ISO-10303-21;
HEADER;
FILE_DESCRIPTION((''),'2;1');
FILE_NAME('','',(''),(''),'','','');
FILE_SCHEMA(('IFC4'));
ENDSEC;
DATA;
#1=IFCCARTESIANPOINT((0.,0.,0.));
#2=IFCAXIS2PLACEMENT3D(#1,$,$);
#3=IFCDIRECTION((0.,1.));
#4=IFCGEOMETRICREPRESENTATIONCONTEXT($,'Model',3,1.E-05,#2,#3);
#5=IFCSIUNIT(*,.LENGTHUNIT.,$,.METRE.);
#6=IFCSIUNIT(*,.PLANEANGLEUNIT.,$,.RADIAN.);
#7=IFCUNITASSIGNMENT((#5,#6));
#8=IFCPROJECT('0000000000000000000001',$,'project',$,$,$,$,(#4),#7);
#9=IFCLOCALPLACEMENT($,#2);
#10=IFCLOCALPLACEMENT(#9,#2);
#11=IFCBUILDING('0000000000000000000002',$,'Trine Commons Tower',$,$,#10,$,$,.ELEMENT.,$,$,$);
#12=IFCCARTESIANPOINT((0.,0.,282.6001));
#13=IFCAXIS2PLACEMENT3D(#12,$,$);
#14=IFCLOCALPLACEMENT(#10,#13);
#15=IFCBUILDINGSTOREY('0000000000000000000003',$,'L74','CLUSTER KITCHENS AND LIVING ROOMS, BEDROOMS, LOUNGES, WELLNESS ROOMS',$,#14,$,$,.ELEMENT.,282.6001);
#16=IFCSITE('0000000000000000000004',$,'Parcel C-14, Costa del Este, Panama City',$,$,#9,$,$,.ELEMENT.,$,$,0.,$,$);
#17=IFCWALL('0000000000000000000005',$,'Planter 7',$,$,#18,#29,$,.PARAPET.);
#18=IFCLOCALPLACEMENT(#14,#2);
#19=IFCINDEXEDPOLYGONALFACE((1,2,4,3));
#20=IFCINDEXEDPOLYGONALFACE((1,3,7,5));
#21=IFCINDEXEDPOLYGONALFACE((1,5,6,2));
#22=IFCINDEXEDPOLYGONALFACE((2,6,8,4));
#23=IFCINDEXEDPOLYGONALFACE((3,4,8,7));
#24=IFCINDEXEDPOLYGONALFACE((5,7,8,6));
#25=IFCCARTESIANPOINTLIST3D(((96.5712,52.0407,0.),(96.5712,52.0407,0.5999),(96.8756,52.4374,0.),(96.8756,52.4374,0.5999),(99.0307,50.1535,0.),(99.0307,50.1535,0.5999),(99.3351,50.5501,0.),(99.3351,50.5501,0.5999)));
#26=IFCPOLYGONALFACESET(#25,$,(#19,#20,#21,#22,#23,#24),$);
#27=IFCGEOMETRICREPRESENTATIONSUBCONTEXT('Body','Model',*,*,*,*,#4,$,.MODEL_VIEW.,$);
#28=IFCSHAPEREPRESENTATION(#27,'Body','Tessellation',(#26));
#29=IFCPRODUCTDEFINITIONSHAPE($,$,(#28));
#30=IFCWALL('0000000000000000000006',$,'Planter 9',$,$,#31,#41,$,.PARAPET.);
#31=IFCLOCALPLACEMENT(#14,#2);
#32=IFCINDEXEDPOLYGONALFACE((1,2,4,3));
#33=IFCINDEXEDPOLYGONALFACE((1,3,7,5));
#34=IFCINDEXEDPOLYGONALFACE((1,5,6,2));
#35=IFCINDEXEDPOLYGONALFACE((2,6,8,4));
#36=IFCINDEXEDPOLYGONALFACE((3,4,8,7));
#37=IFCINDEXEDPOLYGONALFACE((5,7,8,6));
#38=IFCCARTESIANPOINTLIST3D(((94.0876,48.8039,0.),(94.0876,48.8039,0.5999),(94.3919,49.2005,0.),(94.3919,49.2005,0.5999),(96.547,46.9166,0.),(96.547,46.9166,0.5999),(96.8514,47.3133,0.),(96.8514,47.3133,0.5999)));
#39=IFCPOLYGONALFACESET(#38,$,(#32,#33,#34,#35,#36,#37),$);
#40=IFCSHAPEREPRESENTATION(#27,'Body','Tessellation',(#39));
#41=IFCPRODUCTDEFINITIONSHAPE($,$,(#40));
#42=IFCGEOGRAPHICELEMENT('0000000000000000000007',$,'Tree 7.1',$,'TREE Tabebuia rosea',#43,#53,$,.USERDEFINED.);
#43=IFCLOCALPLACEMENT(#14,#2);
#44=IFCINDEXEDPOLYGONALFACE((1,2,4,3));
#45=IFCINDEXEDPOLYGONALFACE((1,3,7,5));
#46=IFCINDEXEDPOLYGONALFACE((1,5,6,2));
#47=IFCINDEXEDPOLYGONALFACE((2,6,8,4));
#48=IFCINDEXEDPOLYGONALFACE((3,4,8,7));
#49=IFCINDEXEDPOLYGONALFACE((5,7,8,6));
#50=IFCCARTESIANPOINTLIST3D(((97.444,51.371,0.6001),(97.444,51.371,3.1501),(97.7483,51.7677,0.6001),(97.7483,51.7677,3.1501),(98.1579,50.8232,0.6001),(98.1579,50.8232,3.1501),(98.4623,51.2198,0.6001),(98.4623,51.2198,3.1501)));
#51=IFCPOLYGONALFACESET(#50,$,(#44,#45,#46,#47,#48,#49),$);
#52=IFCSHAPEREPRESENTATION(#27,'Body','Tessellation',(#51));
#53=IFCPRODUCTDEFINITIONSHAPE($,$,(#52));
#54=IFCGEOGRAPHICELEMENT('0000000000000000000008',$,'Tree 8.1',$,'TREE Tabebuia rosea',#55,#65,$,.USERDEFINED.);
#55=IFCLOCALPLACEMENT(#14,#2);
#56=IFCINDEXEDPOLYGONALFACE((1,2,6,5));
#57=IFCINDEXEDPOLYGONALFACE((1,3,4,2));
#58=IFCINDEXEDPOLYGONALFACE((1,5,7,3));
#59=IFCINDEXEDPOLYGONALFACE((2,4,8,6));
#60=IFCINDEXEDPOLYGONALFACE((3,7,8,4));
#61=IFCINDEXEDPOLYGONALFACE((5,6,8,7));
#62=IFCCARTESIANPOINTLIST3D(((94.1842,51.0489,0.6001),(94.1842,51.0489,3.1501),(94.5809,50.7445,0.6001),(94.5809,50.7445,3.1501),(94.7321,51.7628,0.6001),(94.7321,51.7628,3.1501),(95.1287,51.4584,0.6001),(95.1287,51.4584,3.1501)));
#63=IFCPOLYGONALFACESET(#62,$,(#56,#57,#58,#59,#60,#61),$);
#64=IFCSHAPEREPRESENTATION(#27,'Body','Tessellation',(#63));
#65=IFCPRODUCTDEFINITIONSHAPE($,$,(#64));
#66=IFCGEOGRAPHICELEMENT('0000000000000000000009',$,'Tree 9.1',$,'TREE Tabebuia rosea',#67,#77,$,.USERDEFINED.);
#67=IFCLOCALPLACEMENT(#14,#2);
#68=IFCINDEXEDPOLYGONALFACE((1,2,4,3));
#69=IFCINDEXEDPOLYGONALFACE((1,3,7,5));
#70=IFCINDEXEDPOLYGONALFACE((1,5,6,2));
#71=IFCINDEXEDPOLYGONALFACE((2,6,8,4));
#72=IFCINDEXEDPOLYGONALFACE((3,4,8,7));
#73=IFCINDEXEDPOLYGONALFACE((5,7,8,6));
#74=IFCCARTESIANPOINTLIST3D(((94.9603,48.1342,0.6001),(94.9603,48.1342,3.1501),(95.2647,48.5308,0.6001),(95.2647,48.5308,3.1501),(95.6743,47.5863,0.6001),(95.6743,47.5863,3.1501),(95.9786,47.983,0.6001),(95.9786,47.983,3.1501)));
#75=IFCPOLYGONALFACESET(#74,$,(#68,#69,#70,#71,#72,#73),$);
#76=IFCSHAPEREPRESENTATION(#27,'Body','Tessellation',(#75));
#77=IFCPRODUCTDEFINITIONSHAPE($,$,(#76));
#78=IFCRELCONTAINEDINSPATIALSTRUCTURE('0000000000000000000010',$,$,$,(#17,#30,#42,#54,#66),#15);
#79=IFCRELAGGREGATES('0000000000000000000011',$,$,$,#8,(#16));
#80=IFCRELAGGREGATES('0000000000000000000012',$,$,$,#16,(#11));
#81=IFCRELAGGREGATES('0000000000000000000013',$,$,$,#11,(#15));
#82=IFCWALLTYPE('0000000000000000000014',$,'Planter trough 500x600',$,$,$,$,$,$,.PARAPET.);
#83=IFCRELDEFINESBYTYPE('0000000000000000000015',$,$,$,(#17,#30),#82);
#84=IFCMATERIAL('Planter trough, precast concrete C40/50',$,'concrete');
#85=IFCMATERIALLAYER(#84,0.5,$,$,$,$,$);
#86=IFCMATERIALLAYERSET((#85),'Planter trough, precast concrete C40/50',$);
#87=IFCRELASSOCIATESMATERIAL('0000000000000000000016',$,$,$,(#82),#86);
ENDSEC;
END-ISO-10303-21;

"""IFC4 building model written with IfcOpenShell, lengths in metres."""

from ifc_helpers import new_model, si_unit, direction, frame, frame_2d, origin, origin_2d, place, context, subcontext, project, spatial, rectangle, extrude, material, layer, layer_set, type_object, element, save


model = new_model("IFC4")

# Units and contexts
model_context = context("Model", 3, precision=1e-05, world=origin(), true_north=direction((0.0, 1.0)))
body_context = subcontext(model_context, "Body", "Model", "MODEL_VIEW")
ifc_project = project(units=[si_unit("LENGTHUNIT", "METRE"), si_unit("PLANEANGLEUNIT", "RADIAN")], contexts=[model_context])

# Site, building, storey
site_placement = place(None, origin())
site = spatial("IfcSite", under=ifc_project, at=site_placement, Name="Parcel C-14, Costa del Este, Panama City", CompositionType="ELEMENT", RefElevation=0.0)
building_placement = place(site_placement, origin())
building = spatial("IfcBuilding", under=site, at=building_placement, Name="Trine Commons Tower", CompositionType="ELEMENT")
storey_placement = place(building_placement, frame((0.0, 0.0, 282.6001)))
storey = spatial("IfcBuildingStorey", under=building, at=storey_placement, Name="L74", Description="CLUSTER KITCHENS AND LIVING ROOMS, BEDROOMS, LOUNGES, WELLNESS ROOMS", CompositionType="ELEMENT", Elevation=282.6001)

# Walls
ifc_material_1 = material(Name="Planter trough, precast concrete C40/50", Category="concrete")
ifc_layer_1 = layer(ifc_material_1, 0.5)
ifc_layer_set_1 = layer_set([ifc_layer_1], Name="Planter trough, precast concrete C40/50")
wall_type_1 = type_object("IfcWallType", Name="Planter trough 500x600", PredefinedType="PARAPET", material=ifc_layer_set_1)
for number, where, z_axis, x_axis, name in (
    (1, (99.1829, 50.3518, 0.0), (0.0, 0.0, 1.0), (-0.793355, 0.608759, 0.0), "Planter 7"),
    (2, (94.2397, 49.0022, 0.0), (0.0, 0.0, 1.0), (0.793355, -0.608759, 0.0), "Planter 9"),
):
    element("IfcWall", number, at=place(storey_placement, frame(where, z_axis=z_axis, x_axis=x_axis)), inside=storey, type_object=wall_type_1, Name=name, PredefinedType="PARAPET", context=body_context, shape_type="SweptSolid", body=[
        extrude(rectangle(XDim=3.1001, YDim=0.5, at=frame_2d((1.55, 0.0))), origin(), (0.0, 0.0, 1.0), 0.5999),
    ])

# Geographic elements
for number, where, z_axis, x_axis, name in (
    (3, (97.9531, 51.2954, 0.6001), (0.0, 0.0, 1.0), (-0.793348, 0.608768, 0.0), "Tree 7.1"),
    (4, (94.6565, 51.2537, 0.6001), (0.0, 0.0, 1.0), (-0.608764, -0.793351, 0.0), "Tree 8.1"),
    (5, (95.4695, 48.0586, 0.6001), (0.0, 0.0, 1.0), (0.793348, -0.608768, 0.0), "Tree 9.1"),
):
    element("IfcGeographicElement", number, at=place(storey_placement, frame(where, z_axis=z_axis, x_axis=x_axis)), inside=storey, Name=name, ObjectType="TREE Tabebuia rosea", PredefinedType="USERDEFINED", context=body_context, shape_type="SweptSolid", body=[
        extrude(rectangle(XDim=0.8999, YDim=0.5, at=origin_2d()), origin(), (0.0, 0.0, 1.0), 2.55),
    ])

save(model, "model.ifc")
